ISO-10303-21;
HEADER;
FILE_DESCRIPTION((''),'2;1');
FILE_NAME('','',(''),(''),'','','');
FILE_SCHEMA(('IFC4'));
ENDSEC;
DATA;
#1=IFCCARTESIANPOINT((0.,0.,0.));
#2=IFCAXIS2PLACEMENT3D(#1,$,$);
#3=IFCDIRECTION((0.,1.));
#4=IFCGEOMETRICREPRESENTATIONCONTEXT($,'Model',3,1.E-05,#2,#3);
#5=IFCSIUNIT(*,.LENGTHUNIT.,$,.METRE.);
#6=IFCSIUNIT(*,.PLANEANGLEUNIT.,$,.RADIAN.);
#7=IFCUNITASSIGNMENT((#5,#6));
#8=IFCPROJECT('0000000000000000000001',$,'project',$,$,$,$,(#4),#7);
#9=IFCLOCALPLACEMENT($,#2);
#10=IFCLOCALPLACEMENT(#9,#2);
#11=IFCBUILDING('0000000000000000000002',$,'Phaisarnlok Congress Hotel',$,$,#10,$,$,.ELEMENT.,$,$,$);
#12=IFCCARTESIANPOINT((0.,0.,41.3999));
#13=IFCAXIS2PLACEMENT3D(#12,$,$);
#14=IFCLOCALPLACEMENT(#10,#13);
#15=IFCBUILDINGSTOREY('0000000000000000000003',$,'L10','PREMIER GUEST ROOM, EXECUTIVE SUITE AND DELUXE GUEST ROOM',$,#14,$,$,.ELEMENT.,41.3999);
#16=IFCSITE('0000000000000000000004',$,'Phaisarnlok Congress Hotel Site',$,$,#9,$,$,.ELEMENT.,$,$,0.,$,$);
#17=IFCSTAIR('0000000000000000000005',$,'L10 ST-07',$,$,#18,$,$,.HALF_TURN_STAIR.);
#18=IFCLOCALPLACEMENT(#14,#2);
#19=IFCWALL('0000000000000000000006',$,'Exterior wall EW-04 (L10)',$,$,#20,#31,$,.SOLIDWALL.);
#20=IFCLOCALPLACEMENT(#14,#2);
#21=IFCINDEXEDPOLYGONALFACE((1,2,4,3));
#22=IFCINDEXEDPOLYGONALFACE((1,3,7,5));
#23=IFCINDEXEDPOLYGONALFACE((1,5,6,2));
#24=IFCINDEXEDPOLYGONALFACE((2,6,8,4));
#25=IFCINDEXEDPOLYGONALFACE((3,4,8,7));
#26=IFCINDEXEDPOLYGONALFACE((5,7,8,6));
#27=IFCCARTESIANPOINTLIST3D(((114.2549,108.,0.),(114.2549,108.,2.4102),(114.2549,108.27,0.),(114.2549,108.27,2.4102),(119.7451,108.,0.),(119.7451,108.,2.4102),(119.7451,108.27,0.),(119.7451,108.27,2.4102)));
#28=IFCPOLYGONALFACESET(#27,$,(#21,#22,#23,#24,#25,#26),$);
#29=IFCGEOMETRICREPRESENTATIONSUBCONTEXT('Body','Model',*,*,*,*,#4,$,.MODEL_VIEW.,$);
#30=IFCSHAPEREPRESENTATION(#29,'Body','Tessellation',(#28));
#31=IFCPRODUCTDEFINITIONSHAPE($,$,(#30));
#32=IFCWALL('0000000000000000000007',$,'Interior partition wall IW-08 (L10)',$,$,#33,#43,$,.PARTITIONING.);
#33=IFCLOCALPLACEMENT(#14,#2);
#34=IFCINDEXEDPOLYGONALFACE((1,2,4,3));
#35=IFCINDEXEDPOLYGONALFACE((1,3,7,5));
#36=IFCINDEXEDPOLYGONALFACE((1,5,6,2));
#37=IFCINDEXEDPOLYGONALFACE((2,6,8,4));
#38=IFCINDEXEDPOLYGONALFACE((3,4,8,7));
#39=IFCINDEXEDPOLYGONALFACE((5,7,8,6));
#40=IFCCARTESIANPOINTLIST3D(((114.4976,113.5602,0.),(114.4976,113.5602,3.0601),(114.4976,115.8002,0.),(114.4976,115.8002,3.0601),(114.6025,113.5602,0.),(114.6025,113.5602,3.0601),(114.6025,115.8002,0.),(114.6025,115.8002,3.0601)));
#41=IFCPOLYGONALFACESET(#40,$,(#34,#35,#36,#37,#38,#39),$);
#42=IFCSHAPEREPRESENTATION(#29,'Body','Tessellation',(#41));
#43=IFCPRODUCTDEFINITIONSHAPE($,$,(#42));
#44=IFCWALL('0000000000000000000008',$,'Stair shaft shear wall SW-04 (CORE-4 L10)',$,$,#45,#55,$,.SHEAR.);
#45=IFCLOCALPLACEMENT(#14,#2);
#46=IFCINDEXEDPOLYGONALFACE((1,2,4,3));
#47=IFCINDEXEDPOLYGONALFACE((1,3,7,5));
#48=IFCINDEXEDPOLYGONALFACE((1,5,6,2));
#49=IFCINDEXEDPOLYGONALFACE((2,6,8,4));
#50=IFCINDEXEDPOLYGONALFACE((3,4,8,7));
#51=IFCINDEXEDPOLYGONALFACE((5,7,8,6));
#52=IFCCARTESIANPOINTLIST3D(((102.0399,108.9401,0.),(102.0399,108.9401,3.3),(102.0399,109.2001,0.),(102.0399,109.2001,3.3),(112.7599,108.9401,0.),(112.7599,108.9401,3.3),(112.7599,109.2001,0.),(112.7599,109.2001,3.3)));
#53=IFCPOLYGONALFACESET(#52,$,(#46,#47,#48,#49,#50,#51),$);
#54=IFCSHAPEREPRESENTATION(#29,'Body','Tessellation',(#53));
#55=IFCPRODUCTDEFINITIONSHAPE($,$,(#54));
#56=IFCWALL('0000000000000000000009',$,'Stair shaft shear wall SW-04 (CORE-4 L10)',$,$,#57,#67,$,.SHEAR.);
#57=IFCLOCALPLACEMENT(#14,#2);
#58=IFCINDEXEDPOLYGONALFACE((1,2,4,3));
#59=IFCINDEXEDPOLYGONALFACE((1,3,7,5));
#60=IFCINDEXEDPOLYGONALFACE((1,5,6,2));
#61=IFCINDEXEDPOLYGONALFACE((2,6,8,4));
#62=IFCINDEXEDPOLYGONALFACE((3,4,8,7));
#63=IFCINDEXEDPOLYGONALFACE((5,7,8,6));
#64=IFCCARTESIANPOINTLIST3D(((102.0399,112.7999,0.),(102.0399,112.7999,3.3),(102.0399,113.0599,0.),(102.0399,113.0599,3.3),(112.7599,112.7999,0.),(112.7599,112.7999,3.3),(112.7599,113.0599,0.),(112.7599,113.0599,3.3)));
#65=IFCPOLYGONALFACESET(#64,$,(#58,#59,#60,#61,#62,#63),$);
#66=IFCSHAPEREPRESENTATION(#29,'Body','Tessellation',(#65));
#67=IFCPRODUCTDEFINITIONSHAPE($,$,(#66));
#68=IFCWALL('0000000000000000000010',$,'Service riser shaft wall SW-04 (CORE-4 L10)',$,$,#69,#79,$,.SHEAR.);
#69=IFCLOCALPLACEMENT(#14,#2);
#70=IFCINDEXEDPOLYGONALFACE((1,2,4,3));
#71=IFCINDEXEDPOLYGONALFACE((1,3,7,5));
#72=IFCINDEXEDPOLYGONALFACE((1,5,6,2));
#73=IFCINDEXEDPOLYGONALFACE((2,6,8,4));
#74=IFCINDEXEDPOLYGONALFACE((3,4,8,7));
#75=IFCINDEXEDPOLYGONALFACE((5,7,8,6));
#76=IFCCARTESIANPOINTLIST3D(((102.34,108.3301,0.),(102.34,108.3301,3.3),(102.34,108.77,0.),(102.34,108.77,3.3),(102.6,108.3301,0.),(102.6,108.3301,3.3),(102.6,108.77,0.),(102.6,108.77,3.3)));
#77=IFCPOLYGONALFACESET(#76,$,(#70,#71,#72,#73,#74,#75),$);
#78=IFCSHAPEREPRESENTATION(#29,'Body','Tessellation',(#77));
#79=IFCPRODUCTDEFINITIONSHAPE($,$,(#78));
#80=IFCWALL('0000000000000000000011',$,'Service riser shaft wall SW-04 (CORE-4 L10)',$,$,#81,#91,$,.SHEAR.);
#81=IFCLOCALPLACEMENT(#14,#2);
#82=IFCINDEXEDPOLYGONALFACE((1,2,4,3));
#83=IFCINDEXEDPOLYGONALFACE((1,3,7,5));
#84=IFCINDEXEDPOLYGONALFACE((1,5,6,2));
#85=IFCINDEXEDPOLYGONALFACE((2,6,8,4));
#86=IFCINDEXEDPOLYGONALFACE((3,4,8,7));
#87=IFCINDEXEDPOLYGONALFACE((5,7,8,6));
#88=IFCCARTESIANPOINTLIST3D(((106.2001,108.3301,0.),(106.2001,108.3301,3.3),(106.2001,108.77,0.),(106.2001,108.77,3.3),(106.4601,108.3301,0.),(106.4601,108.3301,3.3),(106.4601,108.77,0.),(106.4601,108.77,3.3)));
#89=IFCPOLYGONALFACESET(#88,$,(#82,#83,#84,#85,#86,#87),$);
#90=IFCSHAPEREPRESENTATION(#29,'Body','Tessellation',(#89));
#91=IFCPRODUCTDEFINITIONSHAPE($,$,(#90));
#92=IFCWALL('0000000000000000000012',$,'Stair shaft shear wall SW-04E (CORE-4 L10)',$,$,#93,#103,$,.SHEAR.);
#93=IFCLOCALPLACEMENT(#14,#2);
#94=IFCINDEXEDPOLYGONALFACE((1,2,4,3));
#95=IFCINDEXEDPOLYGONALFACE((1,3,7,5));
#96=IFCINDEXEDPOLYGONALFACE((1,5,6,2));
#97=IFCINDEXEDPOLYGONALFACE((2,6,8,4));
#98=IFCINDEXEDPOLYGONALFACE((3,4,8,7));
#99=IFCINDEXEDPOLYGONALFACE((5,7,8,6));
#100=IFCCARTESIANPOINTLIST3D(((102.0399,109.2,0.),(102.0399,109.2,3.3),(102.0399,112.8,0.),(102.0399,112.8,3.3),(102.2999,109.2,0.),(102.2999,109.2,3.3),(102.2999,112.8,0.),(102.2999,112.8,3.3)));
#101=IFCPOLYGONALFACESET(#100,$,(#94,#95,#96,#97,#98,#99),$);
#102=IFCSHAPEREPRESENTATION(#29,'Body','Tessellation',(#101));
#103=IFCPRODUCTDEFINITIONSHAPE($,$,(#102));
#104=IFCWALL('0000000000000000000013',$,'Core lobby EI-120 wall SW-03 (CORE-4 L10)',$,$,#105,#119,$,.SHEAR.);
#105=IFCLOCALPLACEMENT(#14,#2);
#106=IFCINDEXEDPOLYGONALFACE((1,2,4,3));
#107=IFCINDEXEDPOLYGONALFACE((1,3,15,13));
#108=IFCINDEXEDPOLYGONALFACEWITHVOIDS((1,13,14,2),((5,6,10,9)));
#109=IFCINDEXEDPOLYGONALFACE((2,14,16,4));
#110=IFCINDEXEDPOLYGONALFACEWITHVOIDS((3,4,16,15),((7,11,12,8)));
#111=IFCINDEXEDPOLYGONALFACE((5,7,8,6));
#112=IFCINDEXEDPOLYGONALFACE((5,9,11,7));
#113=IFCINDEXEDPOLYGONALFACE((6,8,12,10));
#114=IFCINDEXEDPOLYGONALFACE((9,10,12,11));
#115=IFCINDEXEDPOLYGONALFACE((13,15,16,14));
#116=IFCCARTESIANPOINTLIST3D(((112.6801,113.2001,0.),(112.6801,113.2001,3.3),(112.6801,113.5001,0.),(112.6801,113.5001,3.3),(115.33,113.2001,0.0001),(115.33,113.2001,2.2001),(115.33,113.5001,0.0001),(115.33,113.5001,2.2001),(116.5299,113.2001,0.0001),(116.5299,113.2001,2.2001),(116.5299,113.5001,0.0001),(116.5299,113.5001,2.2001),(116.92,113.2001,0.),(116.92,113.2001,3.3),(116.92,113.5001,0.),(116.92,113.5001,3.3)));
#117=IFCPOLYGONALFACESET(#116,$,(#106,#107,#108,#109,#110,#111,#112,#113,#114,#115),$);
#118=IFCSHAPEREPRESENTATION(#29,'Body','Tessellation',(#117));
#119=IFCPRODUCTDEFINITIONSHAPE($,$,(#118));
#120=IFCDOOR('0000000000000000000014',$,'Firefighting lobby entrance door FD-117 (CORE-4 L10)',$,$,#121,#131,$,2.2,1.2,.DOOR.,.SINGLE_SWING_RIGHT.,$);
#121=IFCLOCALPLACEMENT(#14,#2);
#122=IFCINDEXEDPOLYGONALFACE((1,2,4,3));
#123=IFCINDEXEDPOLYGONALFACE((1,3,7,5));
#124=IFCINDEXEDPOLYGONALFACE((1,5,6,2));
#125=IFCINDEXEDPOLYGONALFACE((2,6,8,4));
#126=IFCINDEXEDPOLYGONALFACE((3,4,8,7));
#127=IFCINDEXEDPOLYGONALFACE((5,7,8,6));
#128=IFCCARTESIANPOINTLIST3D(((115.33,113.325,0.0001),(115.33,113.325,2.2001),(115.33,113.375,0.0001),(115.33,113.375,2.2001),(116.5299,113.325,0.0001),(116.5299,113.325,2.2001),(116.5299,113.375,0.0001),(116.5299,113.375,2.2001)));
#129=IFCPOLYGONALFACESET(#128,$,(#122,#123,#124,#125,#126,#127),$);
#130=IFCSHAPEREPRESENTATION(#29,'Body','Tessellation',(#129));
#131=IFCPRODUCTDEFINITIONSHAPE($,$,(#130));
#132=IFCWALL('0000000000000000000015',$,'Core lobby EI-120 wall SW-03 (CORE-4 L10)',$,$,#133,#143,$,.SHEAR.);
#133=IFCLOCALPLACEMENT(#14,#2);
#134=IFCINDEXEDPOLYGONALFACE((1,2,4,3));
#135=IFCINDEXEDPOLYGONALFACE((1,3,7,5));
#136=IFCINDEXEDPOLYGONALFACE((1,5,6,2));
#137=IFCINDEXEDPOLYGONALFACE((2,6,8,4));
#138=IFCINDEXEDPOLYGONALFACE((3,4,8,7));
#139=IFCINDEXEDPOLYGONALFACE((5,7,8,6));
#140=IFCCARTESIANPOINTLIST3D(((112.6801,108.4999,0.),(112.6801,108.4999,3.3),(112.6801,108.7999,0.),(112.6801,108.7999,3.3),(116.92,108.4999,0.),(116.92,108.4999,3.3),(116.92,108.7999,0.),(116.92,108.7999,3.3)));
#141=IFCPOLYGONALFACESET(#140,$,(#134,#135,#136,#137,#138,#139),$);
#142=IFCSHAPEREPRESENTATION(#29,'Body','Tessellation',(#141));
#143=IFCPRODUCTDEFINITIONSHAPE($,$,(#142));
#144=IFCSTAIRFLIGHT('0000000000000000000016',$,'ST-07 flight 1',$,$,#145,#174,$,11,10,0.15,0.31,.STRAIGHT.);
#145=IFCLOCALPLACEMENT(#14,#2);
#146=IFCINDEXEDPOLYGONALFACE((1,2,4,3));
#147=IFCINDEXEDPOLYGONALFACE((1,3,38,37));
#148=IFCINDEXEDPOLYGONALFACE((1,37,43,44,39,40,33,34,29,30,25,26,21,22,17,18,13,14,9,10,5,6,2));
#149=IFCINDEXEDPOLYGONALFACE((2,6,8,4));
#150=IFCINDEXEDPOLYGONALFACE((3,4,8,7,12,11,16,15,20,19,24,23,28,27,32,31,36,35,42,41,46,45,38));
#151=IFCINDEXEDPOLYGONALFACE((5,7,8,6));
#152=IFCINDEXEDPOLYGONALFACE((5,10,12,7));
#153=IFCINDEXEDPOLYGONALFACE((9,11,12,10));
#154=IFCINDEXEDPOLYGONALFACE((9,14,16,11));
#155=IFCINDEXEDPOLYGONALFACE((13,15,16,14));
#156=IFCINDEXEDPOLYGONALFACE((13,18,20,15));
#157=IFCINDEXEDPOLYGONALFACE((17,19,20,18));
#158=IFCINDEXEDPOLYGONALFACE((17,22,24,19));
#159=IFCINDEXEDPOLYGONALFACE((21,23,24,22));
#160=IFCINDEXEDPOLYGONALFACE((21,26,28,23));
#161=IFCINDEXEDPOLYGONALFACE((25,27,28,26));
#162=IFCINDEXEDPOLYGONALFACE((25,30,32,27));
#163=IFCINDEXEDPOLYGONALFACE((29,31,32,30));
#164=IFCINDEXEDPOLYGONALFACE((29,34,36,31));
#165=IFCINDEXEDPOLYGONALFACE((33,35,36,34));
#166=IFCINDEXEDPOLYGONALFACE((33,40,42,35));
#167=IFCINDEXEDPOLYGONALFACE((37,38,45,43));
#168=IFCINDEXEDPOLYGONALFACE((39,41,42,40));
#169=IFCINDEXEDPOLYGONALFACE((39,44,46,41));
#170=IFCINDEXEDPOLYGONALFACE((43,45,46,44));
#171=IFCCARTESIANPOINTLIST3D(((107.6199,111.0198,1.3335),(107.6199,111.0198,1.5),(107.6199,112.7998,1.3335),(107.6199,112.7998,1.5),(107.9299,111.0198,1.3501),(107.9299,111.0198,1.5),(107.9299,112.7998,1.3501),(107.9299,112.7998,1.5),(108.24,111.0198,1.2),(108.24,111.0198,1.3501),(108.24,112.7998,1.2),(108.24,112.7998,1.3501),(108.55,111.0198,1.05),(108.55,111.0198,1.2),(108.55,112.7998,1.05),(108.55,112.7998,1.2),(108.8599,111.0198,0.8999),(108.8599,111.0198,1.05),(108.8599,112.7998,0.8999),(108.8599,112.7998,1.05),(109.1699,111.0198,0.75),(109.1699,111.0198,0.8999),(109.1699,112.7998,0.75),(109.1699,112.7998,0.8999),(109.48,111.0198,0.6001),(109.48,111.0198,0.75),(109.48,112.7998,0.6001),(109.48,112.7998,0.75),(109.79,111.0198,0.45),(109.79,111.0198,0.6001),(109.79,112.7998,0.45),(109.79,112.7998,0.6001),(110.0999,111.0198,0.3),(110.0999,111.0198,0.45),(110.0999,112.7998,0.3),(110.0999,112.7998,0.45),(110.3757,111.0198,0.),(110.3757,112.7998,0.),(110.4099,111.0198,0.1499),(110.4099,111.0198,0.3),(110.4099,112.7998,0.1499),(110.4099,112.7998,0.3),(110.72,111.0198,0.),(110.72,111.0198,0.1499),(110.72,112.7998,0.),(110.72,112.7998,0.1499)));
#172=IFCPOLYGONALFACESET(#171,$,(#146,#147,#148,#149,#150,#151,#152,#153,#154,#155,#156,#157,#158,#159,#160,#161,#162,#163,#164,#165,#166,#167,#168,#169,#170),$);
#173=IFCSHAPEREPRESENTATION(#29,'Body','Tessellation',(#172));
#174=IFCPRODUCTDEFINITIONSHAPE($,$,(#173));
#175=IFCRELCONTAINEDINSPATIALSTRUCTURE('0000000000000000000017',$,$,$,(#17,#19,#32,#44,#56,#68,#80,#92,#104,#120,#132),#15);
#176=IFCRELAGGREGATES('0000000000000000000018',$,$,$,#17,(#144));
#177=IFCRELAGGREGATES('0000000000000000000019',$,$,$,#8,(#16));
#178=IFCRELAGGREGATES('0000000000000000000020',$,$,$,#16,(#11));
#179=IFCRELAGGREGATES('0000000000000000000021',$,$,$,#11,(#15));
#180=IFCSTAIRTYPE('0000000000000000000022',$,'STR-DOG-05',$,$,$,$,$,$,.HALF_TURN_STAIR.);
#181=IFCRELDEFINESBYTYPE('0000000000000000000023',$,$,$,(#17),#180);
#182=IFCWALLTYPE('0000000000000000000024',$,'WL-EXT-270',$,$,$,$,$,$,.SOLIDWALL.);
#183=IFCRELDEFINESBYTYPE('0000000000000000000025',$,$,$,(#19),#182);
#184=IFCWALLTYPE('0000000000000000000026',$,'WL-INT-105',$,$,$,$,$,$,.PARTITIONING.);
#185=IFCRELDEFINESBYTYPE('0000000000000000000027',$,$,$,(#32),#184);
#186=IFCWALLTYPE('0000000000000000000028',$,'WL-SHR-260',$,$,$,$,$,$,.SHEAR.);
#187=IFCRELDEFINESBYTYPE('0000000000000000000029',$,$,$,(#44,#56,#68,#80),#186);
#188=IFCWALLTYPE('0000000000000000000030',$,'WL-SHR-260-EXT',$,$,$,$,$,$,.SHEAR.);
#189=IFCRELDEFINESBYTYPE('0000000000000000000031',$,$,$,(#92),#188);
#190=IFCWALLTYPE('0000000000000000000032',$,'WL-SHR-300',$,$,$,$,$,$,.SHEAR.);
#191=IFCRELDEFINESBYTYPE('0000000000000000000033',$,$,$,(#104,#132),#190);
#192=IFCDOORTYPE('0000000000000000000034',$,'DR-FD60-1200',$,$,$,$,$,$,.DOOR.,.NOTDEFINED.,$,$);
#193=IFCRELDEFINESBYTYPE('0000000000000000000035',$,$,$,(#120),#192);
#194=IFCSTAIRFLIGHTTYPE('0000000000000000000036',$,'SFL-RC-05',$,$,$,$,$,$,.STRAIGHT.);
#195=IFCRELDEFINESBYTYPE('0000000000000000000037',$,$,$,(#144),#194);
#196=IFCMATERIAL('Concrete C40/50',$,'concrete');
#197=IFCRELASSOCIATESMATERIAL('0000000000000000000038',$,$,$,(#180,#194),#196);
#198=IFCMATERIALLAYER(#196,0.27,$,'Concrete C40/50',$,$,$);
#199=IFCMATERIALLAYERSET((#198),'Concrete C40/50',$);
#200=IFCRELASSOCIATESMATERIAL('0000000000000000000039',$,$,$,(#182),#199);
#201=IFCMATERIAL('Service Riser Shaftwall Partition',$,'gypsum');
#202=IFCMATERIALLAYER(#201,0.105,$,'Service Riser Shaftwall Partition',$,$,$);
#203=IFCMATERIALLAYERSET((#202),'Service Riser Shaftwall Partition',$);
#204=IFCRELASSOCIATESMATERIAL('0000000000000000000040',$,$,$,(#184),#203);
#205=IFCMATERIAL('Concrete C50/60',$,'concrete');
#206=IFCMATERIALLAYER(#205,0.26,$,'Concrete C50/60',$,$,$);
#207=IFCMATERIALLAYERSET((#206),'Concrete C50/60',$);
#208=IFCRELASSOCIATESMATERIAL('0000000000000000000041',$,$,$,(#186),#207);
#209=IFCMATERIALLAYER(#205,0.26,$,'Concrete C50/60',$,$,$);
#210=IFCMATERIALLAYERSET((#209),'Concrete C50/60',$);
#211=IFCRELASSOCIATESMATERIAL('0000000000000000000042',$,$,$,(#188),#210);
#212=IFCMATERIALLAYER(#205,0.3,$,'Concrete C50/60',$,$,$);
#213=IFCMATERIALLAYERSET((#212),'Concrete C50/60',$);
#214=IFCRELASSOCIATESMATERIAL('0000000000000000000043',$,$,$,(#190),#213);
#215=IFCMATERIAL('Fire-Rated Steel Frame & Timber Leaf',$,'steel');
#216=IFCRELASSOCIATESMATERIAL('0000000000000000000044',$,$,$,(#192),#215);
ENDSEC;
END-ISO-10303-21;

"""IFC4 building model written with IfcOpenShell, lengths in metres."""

from ifc_helpers import new_model, si_unit, direction, frame, frame_2d, origin, place, context, subcontext, project, spatial, polyline, rectangle, outline, extrude, material, layer, layer_set, type_object, element, fill, aggregate, save


model = new_model("IFC4")

# Units and contexts
model_context = context("Model", 3, precision=1e-05, world=origin(), true_north=direction((0.0, 1.0)))
body_context = subcontext(model_context, "Body", "Model", "MODEL_VIEW")
ifc_project = project(units=[si_unit("LENGTHUNIT", "METRE"), si_unit("PLANEANGLEUNIT", "RADIAN")], contexts=[model_context])

# Site, building, storey
site_placement = place(None, origin())
site = spatial("IfcSite", under=ifc_project, at=site_placement, Name="Phaisarnlok Congress Hotel Site", CompositionType="ELEMENT", RefElevation=0.0)
building_placement = place(site_placement, origin())
building = spatial("IfcBuilding", under=site, at=building_placement, Name="Phaisarnlok Congress Hotel", CompositionType="ELEMENT")
storey_placement = place(building_placement, frame((0.0, 0.0, 41.3999)))
storey = spatial("IfcBuildingStorey", under=building, at=storey_placement, Name="L10", Description="PREMIER GUEST ROOM, EXECUTIVE SUITE AND DELUXE GUEST ROOM", CompositionType="ELEMENT", Elevation=41.3999)

# Shared definitions
ifc_material_1 = material(Name="Concrete C50/60", Category="concrete")

# Shared definitions
ifc_material_2 = material(Name="Concrete C40/50", Category="concrete")

# Stair
stair_type = type_object("IfcStairType", Name="STR-DOG-05", PredefinedType="HALF_TURN_STAIR", material=ifc_material_2)
stair_1_placement = place(storey_placement, origin())
stair_1 = element("IfcStair", 1, at=stair_1_placement, inside=storey, type_object=stair_type, Name="L10 ST-07", PredefinedType="HALF_TURN_STAIR")

# Walls
ifc_layer_1 = layer(ifc_material_2, 0.27, Name="Concrete C40/50")
ifc_layer_set_1 = layer_set([ifc_layer_1], Name="Concrete C40/50")
wall_type_1 = type_object("IfcWallType", Name="WL-EXT-270", PredefinedType="SOLIDWALL", material=ifc_layer_set_1)
wall_1_placement = place(storey_placement, frame((114.2549, 108.135, 0.0), z_axis=(0.0, 0.0, 1.0), x_axis=(1.0, 0.0, 0.0)))
element("IfcWall", 2, at=wall_1_placement, inside=storey, type_object=wall_type_1, Name="Exterior wall EW-04 (L10)", PredefinedType="SOLIDWALL", context=body_context, shape_type="SweptSolid", body=[
    extrude(rectangle(XDim=5.4902, YDim=0.27, at=frame_2d((2.7451, 0.0))), origin(), (0.0, 0.0, 1.0), 2.4102),
])
ifc_material_3 = material(Name="Service Riser Shaftwall Partition", Category="gypsum")
ifc_layer_2 = layer(ifc_material_3, 0.105, Name="Service Riser Shaftwall Partition")
ifc_layer_set_2 = layer_set([ifc_layer_2], Name="Service Riser Shaftwall Partition")
wall_type_2 = type_object("IfcWallType", Name="WL-INT-105", PredefinedType="PARTITIONING", material=ifc_layer_set_2)
wall_2_placement = place(storey_placement, frame((114.55, 113.5601, 0.0), z_axis=(0.0, 0.0, 1.0), x_axis=(0.0, 1.0, 0.0)))
element("IfcWall", 3, at=wall_2_placement, inside=storey, type_object=wall_type_2, Name="Interior partition wall IW-08 (L10)", PredefinedType="PARTITIONING", context=body_context, shape_type="SweptSolid", body=[
    extrude(rectangle(XDim=2.24, YDim=0.105, at=frame_2d((1.1201, 0.0))), origin(), (0.0, 0.0, 1.0), 3.0601),
])
ifc_layer_3 = layer(ifc_material_1, 0.26, Name="Concrete C50/60")
ifc_layer_set_3 = layer_set([ifc_layer_3], Name="Concrete C50/60")
wall_type_3 = type_object("IfcWallType", Name="WL-SHR-260", PredefinedType="SHEAR", material=ifc_layer_set_3)
for number, where, z_axis, x_axis, name in (
    (4, (102.04, 109.0701, 0.0), (0.0, 0.0, 1.0), (1.0, 0.0, 0.0), "Stair shaft shear wall SW-04 (CORE-4 L10)"),
    (5, (102.04, 112.9299, 0.0), (0.0, 0.0, 1.0), (1.0, 0.0, 0.0), "Stair shaft shear wall SW-04 (CORE-4 L10)"),
):
    element("IfcWall", number, at=place(storey_placement, frame(where, z_axis=z_axis, x_axis=x_axis)), inside=storey, type_object=wall_type_3, Name=name, PredefinedType="SHEAR", context=body_context, shape_type="SweptSolid", body=[
        extrude(rectangle(XDim=10.72, YDim=0.26, at=frame_2d((5.3599, 0.0))), origin(), (0.0, 0.0, 1.0), 3.3),
    ])

# Shared definitions
ifc_material_4 = material(Name="Fire-Rated Steel Frame & Timber Leaf", Category="steel")

# Walls
for number, where, z_axis, x_axis, name in (
    (6, (102.47, 108.3301, 0.0), (0.0, 0.0, 1.0), (0.0, 1.0, 0.0), "Service riser shaft wall SW-04 (CORE-4 L10)"),
    (7, (106.3301, 108.3301, 0.0), (0.0, 0.0, 1.0), (0.0, 1.0, 0.0), "Service riser shaft wall SW-04 (CORE-4 L10)"),
):
    element("IfcWall", number, at=place(storey_placement, frame(where, z_axis=z_axis, x_axis=x_axis)), inside=storey, type_object=wall_type_3, Name=name, PredefinedType="SHEAR", context=body_context, shape_type="SweptSolid", body=[
        extrude(rectangle(XDim=0.4399, YDim=0.26, at=frame_2d((0.22, 0.0))), origin(), (0.0, 0.0, 1.0), 3.3),
    ])
ifc_layer_4 = layer(ifc_material_1, 0.26, Name="Concrete C50/60")
ifc_layer_set_4 = layer_set([ifc_layer_4], Name="Concrete C50/60")
wall_type_4 = type_object("IfcWallType", Name="WL-SHR-260-EXT", PredefinedType="SHEAR", material=ifc_layer_set_4)
wall_3_placement = place(storey_placement, frame((102.1699, 109.2, 0.0), z_axis=(0.0, 0.0, 1.0), x_axis=(0.0, 1.0, 0.0)))
element("IfcWall", 8, at=wall_3_placement, inside=storey, type_object=wall_type_4, Name="Stair shaft shear wall SW-04E (CORE-4 L10)", PredefinedType="SHEAR", context=body_context, shape_type="SweptSolid", body=[
    extrude(rectangle(XDim=3.6001, YDim=0.26, at=frame_2d((1.8, 0.0))), origin(), (0.0, 0.0, 1.0), 3.3),
])

# Wall, opening, door
ifc_layer_5 = layer(ifc_material_1, 0.3, Name="Concrete C50/60")
ifc_layer_set_5 = layer_set([ifc_layer_5], Name="Concrete C50/60")
wall_type_5 = type_object("IfcWallType", Name="WL-SHR-300", PredefinedType="SHEAR", material=ifc_layer_set_5)
wall_4_placement = place(storey_placement, frame((112.6799, 113.3501, 0.0), z_axis=(0.0, 0.0, 1.0), x_axis=(1.0, 0.0, 0.0)))
wall_4 = element("IfcWall", 9, at=wall_4_placement, inside=storey, type_object=wall_type_5, Name="Core lobby EI-120 wall SW-03 (CORE-4 L10)", PredefinedType="SHEAR", context=body_context, shape_type="SweptSolid", body=[
    extrude(rectangle(XDim=4.24, YDim=0.3, at=frame_2d((2.1201, 0.0))), origin(), (0.0, 0.0, 1.0), 3.3),
])
opening_1_placement = place(wall_4_placement, frame((2.6499, 0.0, 0.0)))
opening_1 = element("IfcOpeningElement", 10, at=opening_1_placement, cuts=wall_4, PredefinedType="OPENING", context=body_context, shape_type="SweptSolid", body=[
    extrude(rectangle(XDim=1.2, YDim=2.2, at=frame_2d((0.6001, 1.1001))), frame((0.0, 0.1602, 0.0), z_axis=(0.0, -1.0, 0.0), x_axis=(1.0, 0.0, 0.0)), (0.0, 0.0, 1.0), 0.3201),
])
door_type_1 = type_object("IfcDoorType", Name="DR-FD60-1200", OperationType="NOTDEFINED", PredefinedType="DOOR", material=ifc_material_4)
door_1_placement = place(opening_1_placement, origin())
door_1 = element("IfcDoor", 11, at=door_1_placement, inside=storey, type_object=door_type_1, Name="Firefighting lobby entrance door FD-117 (CORE-4 L10)", OperationType="SINGLE_SWING_RIGHT", OverallHeight=2.2, OverallWidth=1.2, PredefinedType="DOOR", context=body_context, shape_type="SweptSolid", body=[
    extrude(rectangle(XDim=1.2, YDim=2.2, at=frame_2d((0.6001, 1.1001))), frame((0.0, 0.0249, 0.0), z_axis=(0.0, -1.0, 0.0), x_axis=(1.0, 0.0, 0.0)), (0.0, 0.0, 1.0), 0.05),
])
fill(opening_1, door_1)

# Wall
wall_5_placement = place(storey_placement, frame((112.6799, 108.6499, 0.0), z_axis=(0.0, 0.0, 1.0), x_axis=(1.0, 0.0, 0.0)))
element("IfcWall", 12, at=wall_5_placement, inside=storey, type_object=wall_type_5, Name="Core lobby EI-120 wall SW-03 (CORE-4 L10)", PredefinedType="SHEAR", context=body_context, shape_type="SweptSolid", body=[
    extrude(rectangle(XDim=4.24, YDim=0.3, at=frame_2d((2.1201, 0.0))), origin(), (0.0, 0.0, 1.0), 3.3),
])

# Stair flight
stair_flight_type = type_object("IfcStairFlightType", Name="SFL-RC-05", PredefinedType="STRAIGHT", material=ifc_material_2)
stair_flight_1_placement = place(storey_placement, frame((110.72, 111.9099, 0.0), z_axis=(0.0, 0.0, 1.0), x_axis=(-1.0, 0.0, 0.0)))
stair_flight_1 = element("IfcStairFlight", 13, at=stair_flight_1_placement, type_object=stair_flight_type, Name="ST-07 flight 1", NumberOfRisers=11, NumberOfTreads=10, PredefinedType="STRAIGHT", RiserHeight=0.15, TreadLength=0.31, context=body_context, shape_type="SweptSolid", body=[
    extrude(outline(polyline([(0.0, 0.0), (0.0, 0.1499), (0.3101, 0.1499), (0.3101, 0.3), (0.6201, 0.3), (0.6201, 0.45), (0.9299, 0.45), (0.9299, 0.6001), (1.24, 0.6001), (1.24, 0.75), (1.55, 0.75), (1.55, 0.8999), (1.8601, 0.8999), (1.8601, 1.05), (2.1699, 1.05), (2.1699, 1.2), (2.48, 1.2), (2.48, 1.3501), (2.79, 1.3501), (2.79, 1.5), (3.1001, 1.5), (3.1001, 1.6499), (3.1001, 1.3335), (0.3442, 0.0), (0.0, 0.0)])), frame((0.0, 0.8901, 0.0), z_axis=(0.0, -1.0, 0.0), x_axis=(1.0, 0.0, 0.0)), (0.0, 0.0, 1.0), 1.78),
])
aggregate(stair_1, [stair_flight_1])

save(model, "model.ifc")
